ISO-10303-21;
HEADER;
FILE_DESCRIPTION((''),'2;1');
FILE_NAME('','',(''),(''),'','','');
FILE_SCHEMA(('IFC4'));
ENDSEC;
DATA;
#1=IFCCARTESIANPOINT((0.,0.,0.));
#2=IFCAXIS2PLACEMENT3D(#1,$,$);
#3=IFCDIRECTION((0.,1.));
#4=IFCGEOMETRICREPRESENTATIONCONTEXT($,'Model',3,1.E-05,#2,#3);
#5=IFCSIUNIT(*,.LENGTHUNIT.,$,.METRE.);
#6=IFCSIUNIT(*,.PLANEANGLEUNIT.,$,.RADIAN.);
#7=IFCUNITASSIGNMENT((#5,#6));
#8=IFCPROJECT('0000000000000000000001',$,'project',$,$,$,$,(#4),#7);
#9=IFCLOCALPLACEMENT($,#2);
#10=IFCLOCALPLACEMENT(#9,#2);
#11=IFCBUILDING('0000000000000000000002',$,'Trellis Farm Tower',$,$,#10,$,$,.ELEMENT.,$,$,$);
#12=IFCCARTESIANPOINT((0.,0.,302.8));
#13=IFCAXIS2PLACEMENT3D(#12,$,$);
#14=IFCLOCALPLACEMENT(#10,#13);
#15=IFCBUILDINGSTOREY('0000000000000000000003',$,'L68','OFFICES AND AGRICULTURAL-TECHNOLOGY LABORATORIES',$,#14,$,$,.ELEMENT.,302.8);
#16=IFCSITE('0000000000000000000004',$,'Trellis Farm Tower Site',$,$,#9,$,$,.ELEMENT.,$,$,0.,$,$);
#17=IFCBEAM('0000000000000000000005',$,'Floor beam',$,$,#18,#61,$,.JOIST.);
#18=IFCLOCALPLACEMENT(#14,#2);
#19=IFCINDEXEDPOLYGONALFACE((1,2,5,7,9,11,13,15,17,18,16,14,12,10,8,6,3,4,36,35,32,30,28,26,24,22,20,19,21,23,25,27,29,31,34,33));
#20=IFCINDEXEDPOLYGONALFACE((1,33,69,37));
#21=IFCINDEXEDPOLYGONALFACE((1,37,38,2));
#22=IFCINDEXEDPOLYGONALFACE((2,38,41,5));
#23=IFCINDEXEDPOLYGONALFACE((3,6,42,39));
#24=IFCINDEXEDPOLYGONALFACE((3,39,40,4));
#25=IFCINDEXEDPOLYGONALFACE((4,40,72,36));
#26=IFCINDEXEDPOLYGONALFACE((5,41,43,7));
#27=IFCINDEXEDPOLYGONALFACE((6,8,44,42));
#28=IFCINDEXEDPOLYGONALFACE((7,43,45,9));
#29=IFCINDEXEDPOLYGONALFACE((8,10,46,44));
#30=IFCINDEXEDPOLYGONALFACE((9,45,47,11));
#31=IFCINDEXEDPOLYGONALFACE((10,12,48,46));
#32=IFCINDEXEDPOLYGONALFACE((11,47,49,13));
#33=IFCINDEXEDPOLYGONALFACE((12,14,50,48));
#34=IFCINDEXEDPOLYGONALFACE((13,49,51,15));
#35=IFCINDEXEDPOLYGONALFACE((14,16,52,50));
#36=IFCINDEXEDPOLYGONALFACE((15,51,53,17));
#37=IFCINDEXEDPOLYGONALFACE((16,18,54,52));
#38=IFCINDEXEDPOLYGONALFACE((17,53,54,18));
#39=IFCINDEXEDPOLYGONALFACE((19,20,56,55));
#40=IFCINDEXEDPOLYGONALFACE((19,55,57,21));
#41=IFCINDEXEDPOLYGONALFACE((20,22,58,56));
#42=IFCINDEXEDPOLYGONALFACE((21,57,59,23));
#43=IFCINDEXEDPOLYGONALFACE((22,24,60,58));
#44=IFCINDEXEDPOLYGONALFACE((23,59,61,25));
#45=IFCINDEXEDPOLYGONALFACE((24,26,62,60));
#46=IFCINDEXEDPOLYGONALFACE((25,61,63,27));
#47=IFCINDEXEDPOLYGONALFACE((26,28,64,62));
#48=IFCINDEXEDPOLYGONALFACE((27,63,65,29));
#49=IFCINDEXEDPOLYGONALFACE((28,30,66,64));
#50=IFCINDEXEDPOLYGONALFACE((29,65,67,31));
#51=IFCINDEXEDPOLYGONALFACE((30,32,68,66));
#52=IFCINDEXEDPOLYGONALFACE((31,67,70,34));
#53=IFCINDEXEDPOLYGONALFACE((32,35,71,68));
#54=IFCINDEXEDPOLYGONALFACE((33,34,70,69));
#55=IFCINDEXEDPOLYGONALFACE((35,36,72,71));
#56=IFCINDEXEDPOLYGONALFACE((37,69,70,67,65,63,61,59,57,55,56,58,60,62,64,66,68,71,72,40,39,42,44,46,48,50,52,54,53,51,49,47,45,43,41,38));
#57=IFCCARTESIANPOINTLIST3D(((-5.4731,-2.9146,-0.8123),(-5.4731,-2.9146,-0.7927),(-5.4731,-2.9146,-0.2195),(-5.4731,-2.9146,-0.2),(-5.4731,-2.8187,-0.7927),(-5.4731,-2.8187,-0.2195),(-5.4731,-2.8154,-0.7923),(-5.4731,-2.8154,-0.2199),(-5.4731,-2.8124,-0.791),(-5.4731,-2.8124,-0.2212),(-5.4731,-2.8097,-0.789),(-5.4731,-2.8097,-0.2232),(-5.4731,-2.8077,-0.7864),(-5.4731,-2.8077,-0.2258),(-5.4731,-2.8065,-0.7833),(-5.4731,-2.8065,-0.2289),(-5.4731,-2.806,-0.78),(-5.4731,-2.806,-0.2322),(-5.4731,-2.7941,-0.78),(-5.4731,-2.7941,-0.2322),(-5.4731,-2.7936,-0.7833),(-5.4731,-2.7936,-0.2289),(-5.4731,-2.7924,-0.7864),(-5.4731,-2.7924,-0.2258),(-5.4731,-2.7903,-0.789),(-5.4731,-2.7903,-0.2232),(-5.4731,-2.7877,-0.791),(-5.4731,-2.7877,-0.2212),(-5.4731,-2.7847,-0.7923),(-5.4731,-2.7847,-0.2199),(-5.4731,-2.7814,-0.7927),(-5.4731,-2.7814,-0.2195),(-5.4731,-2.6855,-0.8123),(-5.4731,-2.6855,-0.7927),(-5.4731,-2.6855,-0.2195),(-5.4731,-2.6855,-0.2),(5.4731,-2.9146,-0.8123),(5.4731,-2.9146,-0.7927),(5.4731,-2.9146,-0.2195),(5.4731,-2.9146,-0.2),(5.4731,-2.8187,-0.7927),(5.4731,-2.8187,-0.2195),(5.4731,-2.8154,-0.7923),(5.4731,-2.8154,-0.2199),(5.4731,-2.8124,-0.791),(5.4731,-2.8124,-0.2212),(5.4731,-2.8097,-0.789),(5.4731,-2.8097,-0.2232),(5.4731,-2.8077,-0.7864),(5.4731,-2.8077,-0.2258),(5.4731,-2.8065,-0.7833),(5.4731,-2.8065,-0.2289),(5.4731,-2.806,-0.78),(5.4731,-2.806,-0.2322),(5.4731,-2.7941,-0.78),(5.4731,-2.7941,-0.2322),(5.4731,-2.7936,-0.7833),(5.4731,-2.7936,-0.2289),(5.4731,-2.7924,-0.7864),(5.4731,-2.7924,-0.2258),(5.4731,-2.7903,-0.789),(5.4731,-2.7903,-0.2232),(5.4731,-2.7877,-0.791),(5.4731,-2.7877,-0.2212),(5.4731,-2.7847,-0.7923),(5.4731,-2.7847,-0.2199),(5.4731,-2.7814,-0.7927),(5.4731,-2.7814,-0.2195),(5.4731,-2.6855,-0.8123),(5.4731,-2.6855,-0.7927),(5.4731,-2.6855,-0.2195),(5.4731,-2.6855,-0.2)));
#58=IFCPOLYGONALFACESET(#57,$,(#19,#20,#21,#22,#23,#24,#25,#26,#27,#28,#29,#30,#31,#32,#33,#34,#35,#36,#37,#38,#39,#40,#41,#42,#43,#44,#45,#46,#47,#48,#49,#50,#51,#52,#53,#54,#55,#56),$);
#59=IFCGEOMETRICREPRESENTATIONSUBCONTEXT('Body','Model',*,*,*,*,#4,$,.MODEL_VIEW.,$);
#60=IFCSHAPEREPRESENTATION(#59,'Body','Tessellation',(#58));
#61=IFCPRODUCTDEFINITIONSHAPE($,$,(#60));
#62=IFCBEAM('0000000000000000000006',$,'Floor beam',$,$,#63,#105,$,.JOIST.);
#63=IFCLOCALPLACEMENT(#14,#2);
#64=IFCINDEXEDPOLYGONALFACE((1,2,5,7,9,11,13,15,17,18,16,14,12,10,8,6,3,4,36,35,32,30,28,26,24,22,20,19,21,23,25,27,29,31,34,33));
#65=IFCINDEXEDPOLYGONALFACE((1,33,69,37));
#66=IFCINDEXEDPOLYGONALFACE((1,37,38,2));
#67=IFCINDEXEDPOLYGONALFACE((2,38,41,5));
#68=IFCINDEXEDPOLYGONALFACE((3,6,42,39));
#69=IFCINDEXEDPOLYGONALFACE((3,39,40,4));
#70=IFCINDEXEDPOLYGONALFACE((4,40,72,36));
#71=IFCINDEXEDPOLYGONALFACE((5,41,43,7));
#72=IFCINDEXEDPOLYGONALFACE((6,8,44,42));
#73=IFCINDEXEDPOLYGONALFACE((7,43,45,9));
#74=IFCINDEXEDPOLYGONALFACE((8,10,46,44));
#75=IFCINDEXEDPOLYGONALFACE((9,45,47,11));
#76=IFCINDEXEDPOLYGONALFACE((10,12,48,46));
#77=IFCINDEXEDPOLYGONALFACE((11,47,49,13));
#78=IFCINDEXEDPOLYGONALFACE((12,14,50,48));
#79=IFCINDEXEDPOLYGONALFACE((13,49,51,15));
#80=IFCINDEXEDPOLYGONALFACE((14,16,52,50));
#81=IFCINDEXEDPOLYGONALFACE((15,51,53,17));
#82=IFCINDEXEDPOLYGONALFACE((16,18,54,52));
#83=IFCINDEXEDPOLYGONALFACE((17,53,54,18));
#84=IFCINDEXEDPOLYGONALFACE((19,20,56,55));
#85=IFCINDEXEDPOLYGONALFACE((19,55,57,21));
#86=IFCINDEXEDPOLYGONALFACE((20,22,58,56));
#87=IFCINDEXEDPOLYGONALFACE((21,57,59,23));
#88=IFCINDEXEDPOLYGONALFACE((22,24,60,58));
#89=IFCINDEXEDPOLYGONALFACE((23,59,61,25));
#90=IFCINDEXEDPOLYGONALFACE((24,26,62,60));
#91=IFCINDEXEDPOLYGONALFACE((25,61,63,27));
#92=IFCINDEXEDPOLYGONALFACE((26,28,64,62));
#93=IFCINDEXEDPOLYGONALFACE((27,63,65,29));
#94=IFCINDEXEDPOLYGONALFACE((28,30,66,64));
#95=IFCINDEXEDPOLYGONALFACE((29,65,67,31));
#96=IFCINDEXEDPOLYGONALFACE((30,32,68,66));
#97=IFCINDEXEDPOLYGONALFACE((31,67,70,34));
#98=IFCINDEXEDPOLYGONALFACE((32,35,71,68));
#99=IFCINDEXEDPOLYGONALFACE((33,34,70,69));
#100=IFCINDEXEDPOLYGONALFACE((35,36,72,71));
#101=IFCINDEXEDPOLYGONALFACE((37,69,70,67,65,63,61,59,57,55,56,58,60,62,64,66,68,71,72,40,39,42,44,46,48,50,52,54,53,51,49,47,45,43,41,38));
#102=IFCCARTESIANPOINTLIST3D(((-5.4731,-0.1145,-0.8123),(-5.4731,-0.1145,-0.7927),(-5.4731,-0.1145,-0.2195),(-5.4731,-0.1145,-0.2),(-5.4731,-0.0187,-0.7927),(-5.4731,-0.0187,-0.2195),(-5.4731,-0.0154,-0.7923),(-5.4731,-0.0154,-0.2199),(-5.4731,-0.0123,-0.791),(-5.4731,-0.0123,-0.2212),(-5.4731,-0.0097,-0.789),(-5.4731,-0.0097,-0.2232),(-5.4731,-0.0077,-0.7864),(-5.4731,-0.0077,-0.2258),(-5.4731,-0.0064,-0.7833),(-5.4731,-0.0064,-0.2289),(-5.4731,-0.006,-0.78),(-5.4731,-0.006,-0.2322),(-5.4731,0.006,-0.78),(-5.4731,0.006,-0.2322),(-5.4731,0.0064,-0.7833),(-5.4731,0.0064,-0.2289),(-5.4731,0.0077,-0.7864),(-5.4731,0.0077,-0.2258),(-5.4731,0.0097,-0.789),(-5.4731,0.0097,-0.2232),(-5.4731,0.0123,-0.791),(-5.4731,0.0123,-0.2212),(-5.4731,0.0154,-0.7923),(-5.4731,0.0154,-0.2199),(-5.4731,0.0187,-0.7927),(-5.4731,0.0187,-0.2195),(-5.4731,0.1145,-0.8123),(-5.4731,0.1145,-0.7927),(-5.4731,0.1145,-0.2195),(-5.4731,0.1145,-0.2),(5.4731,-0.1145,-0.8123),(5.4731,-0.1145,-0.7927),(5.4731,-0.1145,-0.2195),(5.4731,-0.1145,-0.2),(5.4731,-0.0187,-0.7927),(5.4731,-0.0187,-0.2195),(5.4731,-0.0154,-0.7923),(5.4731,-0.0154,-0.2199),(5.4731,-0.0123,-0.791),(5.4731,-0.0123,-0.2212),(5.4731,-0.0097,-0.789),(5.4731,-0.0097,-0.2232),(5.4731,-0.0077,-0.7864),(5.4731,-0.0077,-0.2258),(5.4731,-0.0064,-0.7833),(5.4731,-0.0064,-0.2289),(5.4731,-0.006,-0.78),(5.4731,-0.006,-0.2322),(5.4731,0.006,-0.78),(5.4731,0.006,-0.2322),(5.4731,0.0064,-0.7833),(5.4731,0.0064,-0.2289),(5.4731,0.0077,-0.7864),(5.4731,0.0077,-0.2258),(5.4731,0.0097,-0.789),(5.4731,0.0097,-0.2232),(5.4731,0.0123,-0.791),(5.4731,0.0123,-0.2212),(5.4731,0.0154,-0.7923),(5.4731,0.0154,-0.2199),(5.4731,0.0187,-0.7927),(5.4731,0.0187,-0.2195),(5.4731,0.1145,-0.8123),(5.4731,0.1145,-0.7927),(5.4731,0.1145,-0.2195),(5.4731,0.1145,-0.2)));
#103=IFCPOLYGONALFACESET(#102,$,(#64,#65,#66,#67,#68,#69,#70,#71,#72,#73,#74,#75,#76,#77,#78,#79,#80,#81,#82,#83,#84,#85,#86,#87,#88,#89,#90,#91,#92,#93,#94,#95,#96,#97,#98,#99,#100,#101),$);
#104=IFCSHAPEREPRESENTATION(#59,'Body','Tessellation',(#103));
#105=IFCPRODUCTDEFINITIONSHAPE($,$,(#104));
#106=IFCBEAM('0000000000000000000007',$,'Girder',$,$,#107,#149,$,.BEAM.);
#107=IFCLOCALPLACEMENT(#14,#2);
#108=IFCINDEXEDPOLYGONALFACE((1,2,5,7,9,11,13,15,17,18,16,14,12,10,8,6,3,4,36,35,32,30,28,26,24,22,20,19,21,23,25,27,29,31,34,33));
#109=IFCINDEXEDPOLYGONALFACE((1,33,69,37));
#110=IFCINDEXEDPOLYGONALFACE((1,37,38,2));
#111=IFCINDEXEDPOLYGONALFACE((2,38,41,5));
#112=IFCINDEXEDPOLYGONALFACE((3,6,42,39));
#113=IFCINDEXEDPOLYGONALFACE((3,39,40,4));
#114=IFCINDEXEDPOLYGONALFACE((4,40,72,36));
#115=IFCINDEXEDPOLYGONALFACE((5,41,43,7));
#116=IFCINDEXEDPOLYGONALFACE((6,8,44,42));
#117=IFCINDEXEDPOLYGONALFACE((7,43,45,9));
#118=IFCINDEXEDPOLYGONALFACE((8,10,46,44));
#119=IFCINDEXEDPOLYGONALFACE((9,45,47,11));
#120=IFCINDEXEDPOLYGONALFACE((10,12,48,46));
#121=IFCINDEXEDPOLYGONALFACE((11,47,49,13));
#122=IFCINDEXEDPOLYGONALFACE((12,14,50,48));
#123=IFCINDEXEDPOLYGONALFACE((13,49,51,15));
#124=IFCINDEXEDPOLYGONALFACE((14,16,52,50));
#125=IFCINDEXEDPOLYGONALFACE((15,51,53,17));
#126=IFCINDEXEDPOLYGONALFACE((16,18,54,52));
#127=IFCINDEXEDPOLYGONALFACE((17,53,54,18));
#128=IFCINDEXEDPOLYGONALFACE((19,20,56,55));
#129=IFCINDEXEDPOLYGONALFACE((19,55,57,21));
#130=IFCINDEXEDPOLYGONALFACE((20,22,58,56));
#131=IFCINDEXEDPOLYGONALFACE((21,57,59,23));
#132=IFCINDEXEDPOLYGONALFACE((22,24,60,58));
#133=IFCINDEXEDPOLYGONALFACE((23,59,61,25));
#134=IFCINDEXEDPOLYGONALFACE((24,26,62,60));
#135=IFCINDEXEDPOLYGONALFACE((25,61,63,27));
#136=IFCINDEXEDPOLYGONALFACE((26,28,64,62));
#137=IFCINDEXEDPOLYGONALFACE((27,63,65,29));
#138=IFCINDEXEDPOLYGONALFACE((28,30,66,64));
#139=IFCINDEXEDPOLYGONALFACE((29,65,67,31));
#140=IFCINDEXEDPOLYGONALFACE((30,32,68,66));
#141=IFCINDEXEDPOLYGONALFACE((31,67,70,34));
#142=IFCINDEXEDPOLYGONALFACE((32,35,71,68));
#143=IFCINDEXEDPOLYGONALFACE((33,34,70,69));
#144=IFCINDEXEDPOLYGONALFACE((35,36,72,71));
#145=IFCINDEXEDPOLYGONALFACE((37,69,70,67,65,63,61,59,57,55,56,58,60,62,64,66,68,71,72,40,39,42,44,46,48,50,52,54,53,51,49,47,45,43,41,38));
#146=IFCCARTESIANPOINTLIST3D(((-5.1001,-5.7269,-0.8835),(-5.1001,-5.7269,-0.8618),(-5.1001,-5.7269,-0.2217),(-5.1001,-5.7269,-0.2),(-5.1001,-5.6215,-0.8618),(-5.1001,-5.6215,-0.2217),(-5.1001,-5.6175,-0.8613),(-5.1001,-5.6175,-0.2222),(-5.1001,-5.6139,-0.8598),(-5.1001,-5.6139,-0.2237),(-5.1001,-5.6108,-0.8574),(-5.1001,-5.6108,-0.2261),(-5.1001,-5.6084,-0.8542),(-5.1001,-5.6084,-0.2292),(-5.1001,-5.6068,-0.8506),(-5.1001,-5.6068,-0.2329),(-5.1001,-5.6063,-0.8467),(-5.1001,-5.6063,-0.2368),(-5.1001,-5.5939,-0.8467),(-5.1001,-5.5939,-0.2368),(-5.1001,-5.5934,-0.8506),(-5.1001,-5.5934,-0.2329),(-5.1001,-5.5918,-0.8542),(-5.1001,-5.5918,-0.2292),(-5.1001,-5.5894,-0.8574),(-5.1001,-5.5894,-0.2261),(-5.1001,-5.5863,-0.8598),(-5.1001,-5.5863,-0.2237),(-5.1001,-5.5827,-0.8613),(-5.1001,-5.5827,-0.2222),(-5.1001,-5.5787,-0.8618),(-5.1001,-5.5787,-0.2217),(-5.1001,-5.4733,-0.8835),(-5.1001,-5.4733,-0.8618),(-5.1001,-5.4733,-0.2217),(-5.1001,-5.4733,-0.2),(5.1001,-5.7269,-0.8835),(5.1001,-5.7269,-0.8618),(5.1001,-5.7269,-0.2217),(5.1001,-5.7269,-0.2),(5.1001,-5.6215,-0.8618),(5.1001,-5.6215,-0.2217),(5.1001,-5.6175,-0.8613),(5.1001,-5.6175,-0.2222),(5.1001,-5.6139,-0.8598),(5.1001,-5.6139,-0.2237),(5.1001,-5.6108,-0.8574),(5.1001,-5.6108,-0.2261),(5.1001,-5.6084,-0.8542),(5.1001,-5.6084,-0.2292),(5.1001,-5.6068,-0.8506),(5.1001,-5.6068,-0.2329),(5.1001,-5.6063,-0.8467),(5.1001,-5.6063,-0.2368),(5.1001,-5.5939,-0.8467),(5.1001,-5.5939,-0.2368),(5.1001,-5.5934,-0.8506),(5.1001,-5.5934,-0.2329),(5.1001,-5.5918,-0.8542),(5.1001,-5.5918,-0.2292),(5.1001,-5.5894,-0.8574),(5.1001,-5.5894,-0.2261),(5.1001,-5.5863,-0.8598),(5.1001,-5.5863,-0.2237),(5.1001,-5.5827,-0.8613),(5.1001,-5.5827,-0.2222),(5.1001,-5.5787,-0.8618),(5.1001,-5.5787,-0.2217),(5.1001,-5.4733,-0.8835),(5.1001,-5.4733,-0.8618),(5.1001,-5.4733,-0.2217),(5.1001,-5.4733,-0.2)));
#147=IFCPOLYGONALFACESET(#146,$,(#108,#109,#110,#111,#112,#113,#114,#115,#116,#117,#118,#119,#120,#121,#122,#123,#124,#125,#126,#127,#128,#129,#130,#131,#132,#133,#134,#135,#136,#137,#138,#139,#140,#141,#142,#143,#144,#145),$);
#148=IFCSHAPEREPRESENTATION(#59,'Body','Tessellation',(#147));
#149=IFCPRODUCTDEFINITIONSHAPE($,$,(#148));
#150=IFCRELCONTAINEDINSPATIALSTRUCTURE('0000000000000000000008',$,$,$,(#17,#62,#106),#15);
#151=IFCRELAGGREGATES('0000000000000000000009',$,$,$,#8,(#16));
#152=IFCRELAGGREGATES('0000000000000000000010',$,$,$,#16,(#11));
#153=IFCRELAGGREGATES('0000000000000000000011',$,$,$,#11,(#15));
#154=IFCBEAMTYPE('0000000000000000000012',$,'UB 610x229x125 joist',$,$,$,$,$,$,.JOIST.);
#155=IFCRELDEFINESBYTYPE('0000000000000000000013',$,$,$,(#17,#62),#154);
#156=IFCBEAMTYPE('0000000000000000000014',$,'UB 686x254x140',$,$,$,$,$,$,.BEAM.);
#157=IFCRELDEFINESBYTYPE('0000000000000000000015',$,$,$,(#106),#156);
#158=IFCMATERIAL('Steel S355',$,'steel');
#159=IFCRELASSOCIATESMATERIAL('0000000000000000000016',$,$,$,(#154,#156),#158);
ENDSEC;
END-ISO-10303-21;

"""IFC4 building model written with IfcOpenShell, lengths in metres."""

from ifc_helpers import new_model, si_unit, direction, frame, origin, origin_2d, place, context, subcontext, project, spatial, i_section, extrude, source, transform, mapped, material, material_profile, profile_set, type_object, element, save


model = new_model("IFC4")

# Units and contexts
model_context = context("Model", 3, precision=1e-05, world=origin(), true_north=direction((0.0, 1.0)))
body_context = subcontext(model_context, "Body", "Model", "MODEL_VIEW")
ifc_project = project(units=[si_unit("LENGTHUNIT", "METRE"), si_unit("PLANEANGLEUNIT", "RADIAN")], contexts=[model_context])

# Site, building, storey
site_placement = place(None, origin())
site = spatial("IfcSite", under=ifc_project, at=site_placement, Name="Trellis Farm Tower Site", CompositionType="ELEMENT", RefElevation=0.0)
building_placement = place(site_placement, origin())
building = spatial("IfcBuilding", under=site, at=building_placement, Name="Trellis Farm Tower", CompositionType="ELEMENT")
storey_placement = place(building_placement, frame((0.0, 0.0, 302.8)))
storey = spatial("IfcBuildingStorey", under=building, at=storey_placement, Name="L68", Description="OFFICES AND AGRICULTURAL-TECHNOLOGY LABORATORIES", CompositionType="ELEMENT", Elevation=302.8)

# Beams
ifc_material_1 = material(Name="Steel S355", Category="steel")
ifc_material_profile_1 = material_profile(ifc_material_1, i_section(OverallWidth=0.229, OverallDepth=0.6123, WebThickness=0.012, FlangeThickness=0.0195, FilletRadius=0.0127, at=origin_2d()), Name="UB 610x229x125")
ifc_profile_set_1 = profile_set([ifc_material_profile_1], Name="Steel S355")
beam_type_1 = type_object("IfcBeamType", Name="UB 610x229x125 joist", PredefinedType="JOIST", material=ifc_profile_set_1)
shared_shape_1 = source(origin(), body_context, "Body", "SweptSolid", [
    extrude(i_section(OverallWidth=0.229, OverallDepth=0.6123, WebThickness=0.012, FlangeThickness=0.0195, FilletRadius=0.0127, at=origin_2d()), origin(), (0.0, 0.0, 1.0), 10.9463),
])
for number, where, z_axis, x_axis, name in (
    (1, (-5.4731, -2.8, -0.5061), (1.0, 0.0, 0.0), (0.0, 1.0, 0.0), "Floor beam"),
    (2, (-5.4731, 0.0, -0.5061), (1.0, 0.0, 0.0), (0.0, 1.0, 0.0), "Floor beam"),
):
    element("IfcBeam", number, at=place(storey_placement, frame(where, z_axis=z_axis, x_axis=x_axis)), inside=storey, type_object=beam_type_1, Name=name, PredefinedType="JOIST", context=body_context, shape_type="MappedRepresentation", body=[
        mapped(shared_shape_1, transform((0.0, 0.0, 0.0))),
    ])
ifc_material_profile_2 = material_profile(ifc_material_1, i_section(OverallWidth=0.2537, OverallDepth=0.6836, WebThickness=0.0125, FlangeThickness=0.0217, FilletRadius=0.0151, at=origin_2d()), Name="UB 686x254x140")
ifc_profile_set_2 = profile_set([ifc_material_profile_2], Name="Steel S355")
beam_type_2 = type_object("IfcBeamType", Name="UB 686x254x140", PredefinedType="BEAM", material=ifc_profile_set_2)
shared_shape_2 = source(origin(), body_context, "Body", "SweptSolid", [
    extrude(i_section(OverallWidth=0.2537, OverallDepth=0.6836, WebThickness=0.0125, FlangeThickness=0.0217, FilletRadius=0.0151, at=origin_2d()), origin(), (0.0, 0.0, 1.0), 10.2002),
])
beam_placement = place(storey_placement, frame((-5.1001, -5.6001, -0.5417), z_axis=(1.0, 0.0, 0.0), x_axis=(0.0, 1.0, 0.0)))
element("IfcBeam", 3, at=beam_placement, inside=storey, type_object=beam_type_2, Name="Girder", PredefinedType="BEAM", context=body_context, shape_type="MappedRepresentation", body=[
    mapped(shared_shape_2, transform((0.0, 0.0, 0.0))),
])

save(model, "model.ifc")
